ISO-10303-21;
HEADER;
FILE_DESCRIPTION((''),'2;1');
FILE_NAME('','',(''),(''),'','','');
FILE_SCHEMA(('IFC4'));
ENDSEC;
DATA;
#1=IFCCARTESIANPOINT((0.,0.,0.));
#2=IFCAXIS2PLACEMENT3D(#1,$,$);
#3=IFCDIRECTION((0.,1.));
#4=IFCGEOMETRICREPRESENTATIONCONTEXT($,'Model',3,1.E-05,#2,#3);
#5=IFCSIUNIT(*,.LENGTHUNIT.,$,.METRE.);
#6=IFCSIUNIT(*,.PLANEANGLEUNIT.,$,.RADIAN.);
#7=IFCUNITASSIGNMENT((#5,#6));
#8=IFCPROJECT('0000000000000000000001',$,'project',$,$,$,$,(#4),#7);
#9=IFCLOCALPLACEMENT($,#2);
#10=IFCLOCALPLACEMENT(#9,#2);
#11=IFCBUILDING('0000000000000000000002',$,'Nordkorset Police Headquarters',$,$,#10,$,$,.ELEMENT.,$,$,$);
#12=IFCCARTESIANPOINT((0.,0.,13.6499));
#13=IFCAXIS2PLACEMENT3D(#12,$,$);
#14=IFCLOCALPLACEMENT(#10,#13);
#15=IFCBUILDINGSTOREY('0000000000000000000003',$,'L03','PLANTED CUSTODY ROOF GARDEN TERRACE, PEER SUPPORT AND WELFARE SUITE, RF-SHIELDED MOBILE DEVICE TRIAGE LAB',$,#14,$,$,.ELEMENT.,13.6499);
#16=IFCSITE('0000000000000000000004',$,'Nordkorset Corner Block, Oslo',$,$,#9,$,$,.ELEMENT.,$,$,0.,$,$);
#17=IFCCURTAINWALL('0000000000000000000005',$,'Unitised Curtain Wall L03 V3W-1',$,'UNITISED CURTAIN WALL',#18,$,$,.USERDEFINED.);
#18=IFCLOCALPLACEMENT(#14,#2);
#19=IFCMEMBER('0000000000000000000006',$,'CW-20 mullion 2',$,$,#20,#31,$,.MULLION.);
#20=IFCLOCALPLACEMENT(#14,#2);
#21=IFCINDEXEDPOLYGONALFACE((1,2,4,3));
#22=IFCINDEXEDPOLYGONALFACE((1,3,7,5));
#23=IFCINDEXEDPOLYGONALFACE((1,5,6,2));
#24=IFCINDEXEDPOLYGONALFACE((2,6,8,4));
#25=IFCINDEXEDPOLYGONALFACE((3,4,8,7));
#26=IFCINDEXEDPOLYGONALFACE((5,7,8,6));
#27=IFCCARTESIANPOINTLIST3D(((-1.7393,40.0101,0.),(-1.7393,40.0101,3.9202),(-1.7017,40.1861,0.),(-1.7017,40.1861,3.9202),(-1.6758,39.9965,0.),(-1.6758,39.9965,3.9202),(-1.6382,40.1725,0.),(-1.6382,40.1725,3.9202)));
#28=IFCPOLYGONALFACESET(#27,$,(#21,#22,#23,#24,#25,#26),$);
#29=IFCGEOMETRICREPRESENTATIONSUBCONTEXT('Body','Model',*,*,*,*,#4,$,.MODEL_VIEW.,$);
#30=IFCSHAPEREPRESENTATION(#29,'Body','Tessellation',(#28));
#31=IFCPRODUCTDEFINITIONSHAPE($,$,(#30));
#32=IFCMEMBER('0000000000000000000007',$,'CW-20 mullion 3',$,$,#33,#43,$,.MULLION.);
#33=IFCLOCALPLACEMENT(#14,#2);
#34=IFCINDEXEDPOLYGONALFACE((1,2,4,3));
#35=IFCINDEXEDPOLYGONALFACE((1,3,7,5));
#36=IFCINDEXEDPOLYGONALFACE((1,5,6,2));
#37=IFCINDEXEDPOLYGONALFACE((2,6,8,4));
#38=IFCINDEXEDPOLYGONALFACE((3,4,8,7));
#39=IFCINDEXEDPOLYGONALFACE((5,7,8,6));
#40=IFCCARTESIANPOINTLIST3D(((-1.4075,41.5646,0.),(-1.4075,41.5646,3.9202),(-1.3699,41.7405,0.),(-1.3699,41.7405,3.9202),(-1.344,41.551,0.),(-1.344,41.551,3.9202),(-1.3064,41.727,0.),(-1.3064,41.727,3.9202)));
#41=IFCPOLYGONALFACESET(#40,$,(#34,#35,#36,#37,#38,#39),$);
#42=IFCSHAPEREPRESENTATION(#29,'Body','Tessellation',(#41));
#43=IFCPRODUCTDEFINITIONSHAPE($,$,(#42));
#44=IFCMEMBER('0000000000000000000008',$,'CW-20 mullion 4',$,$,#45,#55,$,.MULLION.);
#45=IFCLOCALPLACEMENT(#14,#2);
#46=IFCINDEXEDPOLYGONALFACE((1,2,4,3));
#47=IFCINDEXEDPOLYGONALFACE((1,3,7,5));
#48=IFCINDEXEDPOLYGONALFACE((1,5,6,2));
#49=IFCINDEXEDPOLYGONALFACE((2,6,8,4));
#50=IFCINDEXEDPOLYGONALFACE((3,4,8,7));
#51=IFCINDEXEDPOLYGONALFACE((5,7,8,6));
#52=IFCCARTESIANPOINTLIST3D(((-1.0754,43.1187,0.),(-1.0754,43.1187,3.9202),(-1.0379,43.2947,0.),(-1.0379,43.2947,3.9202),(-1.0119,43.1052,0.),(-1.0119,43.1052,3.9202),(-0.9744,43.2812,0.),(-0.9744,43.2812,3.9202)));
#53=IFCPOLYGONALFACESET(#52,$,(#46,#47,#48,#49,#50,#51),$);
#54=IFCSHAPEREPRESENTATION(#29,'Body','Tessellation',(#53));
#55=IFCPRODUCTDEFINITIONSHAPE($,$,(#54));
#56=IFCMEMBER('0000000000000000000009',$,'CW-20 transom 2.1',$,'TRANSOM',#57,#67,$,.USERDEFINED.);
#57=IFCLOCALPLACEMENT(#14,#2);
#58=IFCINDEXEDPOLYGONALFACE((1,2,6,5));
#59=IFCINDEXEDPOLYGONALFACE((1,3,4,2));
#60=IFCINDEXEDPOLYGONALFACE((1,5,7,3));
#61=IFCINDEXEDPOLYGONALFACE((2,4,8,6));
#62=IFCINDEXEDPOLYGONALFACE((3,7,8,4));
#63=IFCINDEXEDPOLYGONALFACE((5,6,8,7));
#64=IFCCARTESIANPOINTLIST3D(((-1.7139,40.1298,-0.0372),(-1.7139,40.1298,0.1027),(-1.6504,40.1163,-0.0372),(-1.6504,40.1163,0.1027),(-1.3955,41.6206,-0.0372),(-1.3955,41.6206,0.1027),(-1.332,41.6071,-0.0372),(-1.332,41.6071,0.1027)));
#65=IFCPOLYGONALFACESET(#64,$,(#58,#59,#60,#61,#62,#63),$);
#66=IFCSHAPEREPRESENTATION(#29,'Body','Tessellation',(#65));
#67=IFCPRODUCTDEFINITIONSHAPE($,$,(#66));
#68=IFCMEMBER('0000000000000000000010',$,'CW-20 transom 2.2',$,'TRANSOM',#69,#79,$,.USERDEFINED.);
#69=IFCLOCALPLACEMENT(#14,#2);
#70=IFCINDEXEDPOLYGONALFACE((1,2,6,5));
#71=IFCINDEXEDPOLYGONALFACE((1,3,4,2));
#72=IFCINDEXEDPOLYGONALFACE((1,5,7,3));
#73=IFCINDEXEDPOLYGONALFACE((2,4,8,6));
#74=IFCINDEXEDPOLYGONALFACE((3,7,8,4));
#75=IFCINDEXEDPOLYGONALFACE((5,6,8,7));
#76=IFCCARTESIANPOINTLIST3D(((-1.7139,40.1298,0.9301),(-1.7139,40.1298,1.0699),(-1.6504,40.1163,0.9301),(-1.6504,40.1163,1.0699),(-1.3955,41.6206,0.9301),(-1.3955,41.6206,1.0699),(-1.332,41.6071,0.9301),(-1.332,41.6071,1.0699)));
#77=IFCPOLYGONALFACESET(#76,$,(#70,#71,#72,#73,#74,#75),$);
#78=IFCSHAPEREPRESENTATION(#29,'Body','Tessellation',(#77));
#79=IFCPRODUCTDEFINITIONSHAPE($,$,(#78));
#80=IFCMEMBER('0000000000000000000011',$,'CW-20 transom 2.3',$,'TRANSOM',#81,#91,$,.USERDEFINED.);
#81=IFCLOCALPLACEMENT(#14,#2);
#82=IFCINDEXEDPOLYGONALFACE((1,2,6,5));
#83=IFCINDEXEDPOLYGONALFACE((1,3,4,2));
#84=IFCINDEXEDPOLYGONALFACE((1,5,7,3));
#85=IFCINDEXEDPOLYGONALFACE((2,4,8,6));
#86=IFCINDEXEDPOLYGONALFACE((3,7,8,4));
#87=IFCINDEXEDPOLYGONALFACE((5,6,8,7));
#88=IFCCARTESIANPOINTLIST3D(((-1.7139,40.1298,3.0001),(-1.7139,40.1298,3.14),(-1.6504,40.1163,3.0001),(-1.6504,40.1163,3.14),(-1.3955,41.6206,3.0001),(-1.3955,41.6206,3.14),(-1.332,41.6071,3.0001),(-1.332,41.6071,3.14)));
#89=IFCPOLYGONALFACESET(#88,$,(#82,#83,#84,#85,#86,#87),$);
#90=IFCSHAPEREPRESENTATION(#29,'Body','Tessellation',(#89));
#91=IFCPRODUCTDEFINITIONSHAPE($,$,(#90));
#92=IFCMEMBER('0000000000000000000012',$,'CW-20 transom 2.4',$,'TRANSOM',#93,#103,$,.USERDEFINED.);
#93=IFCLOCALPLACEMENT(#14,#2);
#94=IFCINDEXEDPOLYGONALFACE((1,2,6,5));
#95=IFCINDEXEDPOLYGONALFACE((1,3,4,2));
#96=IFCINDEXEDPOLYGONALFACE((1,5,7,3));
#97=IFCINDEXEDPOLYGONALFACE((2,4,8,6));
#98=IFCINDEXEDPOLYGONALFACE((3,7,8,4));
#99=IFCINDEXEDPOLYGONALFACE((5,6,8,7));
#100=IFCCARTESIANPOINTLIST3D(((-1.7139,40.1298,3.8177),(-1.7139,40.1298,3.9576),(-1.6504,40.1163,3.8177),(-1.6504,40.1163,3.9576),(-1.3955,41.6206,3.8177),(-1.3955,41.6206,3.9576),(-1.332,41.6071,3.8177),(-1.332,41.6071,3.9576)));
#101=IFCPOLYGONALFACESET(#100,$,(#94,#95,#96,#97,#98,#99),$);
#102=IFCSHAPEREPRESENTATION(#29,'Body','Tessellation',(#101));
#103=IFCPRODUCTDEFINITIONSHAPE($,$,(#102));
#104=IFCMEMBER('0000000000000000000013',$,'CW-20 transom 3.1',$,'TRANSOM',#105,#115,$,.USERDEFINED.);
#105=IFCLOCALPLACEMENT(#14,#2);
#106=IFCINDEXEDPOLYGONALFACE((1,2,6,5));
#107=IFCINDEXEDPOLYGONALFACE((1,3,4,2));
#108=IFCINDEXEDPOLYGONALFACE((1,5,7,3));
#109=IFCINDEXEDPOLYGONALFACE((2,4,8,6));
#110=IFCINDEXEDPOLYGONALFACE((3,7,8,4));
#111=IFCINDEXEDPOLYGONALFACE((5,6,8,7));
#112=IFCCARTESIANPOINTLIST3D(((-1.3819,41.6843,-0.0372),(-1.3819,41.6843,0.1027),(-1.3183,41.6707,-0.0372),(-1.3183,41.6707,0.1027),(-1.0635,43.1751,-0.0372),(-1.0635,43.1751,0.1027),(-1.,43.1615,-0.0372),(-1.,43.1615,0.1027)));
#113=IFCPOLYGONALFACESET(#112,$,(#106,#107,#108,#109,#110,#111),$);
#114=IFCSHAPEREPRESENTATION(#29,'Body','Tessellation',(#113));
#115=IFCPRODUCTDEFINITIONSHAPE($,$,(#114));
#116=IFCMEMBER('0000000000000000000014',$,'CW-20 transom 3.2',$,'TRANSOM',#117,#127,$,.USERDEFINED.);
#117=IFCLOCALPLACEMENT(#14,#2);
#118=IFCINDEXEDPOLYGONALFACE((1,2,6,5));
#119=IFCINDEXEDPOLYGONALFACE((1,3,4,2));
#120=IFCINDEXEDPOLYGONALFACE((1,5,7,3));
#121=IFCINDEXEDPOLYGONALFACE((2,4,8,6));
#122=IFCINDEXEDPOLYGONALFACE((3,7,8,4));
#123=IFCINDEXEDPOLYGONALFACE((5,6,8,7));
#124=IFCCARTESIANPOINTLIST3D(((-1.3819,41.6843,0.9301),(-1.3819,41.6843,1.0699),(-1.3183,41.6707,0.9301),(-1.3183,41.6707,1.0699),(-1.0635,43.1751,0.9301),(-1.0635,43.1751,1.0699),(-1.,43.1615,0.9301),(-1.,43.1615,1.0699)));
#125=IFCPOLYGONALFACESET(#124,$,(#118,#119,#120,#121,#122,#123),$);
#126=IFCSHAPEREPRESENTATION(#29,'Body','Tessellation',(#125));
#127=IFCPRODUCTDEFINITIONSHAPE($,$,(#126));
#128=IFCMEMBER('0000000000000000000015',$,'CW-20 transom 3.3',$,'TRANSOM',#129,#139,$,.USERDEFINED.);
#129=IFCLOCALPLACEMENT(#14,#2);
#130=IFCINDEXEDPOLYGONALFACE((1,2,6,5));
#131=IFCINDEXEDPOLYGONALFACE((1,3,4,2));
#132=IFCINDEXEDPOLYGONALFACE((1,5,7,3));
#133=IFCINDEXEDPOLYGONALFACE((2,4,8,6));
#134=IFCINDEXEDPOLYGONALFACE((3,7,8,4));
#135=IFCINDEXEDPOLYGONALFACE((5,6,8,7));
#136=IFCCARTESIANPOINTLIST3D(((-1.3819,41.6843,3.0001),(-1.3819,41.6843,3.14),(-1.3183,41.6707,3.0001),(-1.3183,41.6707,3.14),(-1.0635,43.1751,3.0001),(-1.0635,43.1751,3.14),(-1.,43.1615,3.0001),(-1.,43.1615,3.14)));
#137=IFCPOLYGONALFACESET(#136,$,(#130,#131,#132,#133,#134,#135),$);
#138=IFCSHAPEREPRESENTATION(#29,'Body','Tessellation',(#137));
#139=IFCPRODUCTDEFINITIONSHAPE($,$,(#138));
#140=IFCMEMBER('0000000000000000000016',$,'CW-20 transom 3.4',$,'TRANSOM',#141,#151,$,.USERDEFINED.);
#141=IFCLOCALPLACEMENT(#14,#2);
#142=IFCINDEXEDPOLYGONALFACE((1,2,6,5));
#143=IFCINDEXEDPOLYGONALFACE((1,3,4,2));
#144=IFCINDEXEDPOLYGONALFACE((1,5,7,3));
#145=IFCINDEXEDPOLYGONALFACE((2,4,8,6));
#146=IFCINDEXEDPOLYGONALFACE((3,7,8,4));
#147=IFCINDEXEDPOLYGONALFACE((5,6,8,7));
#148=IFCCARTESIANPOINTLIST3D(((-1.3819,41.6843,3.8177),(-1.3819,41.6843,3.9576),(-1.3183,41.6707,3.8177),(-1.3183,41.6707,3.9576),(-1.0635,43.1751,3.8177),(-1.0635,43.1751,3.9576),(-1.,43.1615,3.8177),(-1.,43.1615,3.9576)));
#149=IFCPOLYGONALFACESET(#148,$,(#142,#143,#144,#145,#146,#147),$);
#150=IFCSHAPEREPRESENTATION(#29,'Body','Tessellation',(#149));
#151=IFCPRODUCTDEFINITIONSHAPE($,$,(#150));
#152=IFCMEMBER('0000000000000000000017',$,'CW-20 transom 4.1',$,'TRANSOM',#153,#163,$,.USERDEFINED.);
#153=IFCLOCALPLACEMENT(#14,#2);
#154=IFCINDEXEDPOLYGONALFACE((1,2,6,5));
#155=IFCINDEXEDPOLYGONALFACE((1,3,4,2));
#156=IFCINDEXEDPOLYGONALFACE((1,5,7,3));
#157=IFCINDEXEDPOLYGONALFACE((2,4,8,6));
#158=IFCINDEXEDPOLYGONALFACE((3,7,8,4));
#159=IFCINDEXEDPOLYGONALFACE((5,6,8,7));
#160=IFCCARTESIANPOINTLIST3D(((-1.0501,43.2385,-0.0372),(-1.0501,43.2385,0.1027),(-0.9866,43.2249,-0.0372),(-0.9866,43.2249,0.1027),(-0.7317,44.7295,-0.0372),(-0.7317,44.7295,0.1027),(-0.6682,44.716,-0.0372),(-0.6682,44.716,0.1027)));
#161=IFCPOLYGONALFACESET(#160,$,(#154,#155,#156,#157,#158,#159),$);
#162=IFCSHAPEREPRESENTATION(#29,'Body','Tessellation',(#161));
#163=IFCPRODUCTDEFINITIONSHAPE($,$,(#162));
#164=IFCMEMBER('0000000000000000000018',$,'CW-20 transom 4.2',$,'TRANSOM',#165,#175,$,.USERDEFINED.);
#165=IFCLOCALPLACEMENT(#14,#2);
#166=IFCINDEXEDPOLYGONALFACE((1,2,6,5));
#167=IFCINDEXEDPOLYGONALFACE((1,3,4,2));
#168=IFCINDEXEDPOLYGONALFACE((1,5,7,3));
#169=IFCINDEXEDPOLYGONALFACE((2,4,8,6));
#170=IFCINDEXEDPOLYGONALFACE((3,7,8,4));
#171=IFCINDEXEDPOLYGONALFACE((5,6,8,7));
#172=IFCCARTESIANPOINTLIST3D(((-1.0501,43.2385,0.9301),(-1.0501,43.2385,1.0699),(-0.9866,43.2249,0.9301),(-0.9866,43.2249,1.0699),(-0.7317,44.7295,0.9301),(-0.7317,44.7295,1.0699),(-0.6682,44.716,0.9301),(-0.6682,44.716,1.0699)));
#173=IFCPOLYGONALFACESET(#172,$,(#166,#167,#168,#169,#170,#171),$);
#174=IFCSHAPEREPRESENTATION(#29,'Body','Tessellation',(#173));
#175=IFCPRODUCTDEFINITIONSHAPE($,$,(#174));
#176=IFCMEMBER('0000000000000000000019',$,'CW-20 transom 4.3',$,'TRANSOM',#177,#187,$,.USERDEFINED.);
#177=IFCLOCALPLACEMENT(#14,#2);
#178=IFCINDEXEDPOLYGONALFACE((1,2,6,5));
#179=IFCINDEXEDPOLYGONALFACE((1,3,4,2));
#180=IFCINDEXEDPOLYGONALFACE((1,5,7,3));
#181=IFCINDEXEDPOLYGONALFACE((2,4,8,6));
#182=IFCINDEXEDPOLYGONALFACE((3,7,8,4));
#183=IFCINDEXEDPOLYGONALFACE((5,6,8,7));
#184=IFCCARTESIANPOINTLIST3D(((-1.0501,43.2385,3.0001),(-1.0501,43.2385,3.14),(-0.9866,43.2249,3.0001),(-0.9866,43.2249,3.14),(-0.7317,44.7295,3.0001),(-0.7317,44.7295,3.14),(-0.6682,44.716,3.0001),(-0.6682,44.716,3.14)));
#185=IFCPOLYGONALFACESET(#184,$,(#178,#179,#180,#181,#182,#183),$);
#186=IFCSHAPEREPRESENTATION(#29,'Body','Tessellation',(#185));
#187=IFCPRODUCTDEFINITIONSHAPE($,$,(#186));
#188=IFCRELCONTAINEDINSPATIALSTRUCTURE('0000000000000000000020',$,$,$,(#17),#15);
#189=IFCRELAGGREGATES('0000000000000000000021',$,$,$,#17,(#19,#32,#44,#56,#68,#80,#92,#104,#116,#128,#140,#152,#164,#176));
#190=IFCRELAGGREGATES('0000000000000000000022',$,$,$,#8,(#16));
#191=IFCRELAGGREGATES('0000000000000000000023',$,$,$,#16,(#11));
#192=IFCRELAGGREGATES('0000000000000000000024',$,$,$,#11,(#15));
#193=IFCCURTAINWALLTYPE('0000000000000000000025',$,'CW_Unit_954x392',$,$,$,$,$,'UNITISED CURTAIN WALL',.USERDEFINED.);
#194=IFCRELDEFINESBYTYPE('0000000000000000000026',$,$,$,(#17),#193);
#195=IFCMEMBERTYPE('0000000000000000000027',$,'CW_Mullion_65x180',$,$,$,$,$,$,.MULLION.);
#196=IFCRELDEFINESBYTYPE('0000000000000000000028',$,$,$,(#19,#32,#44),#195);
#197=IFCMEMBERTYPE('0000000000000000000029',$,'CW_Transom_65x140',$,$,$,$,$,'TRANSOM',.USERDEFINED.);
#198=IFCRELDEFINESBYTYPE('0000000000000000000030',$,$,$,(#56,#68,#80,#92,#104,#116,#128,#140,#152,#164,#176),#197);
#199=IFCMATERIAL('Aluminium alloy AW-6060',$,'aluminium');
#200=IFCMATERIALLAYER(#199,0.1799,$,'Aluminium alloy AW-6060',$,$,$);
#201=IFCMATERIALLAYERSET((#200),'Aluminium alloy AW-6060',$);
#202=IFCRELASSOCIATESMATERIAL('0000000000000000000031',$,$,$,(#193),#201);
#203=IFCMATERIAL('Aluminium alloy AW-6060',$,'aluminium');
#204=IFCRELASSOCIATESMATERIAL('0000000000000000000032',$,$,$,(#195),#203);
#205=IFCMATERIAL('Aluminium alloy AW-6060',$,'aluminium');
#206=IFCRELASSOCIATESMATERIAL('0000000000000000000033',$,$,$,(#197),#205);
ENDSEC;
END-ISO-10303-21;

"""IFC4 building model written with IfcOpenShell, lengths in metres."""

from ifc_helpers import new_model, si_unit, direction, frame, origin, origin_2d, place, context, subcontext, project, spatial, rectangle, extrude, material, layer, layer_set, material_profile, profile_set, type_object, element, aggregate, save


model = new_model("IFC4")

# Units and contexts
model_context = context("Model", 3, precision=1e-05, world=origin(), true_north=direction((0.0, 1.0)))
body_context = subcontext(model_context, "Body", "Model", "MODEL_VIEW")
ifc_project = project(units=[si_unit("LENGTHUNIT", "METRE"), si_unit("PLANEANGLEUNIT", "RADIAN")], contexts=[model_context])

# Site, building, storey
site_placement = place(None, origin())
site = spatial("IfcSite", under=ifc_project, at=site_placement, Name="Nordkorset Corner Block, Oslo", CompositionType="ELEMENT", RefElevation=0.0)
building_placement = place(site_placement, origin())
building = spatial("IfcBuilding", under=site, at=building_placement, Name="Nordkorset Police Headquarters", CompositionType="ELEMENT")
storey_placement = place(building_placement, frame((0.0, 0.0, 13.6499)))
storey = spatial("IfcBuildingStorey", under=building, at=storey_placement, Name="L03", Description="PLANTED CUSTODY ROOF GARDEN TERRACE, PEER SUPPORT AND WELFARE SUITE, RF-SHIELDED MOBILE DEVICE TRIAGE LAB", CompositionType="ELEMENT", Elevation=13.6499)

# Curtain wall, members
ifc_material_1 = material(Name="Aluminium alloy AW-6060", Category="aluminium")
ifc_layer_1 = layer(ifc_material_1, 0.1799, Name="Aluminium alloy AW-6060")
ifc_layer_set_1 = layer_set([ifc_layer_1], Name="Aluminium alloy AW-6060")
curtain_wall_type = type_object("IfcCurtainWallType", Name="CW_Unit_954x392", ElementType="UNITISED CURTAIN WALL", PredefinedType="USERDEFINED", material=ifc_layer_set_1)
curtain_wall_placement = place(storey_placement, origin())
curtain_wall = element("IfcCurtainWall", 1, at=curtain_wall_placement, inside=storey, type_object=curtain_wall_type, Name="Unitised Curtain Wall L03 V3W-1", ObjectType="UNITISED CURTAIN WALL", PredefinedType="USERDEFINED")
ifc_material_2 = material(Name="Aluminium alloy AW-6060", Category="aluminium")
ifc_material_profile_1 = material_profile(ifc_material_2, rectangle(XDim=0.0649, YDim=0.1799, at=origin_2d()), Name="ALU MULL 65x180")
ifc_profile_set_1 = profile_set([ifc_material_profile_1], Name="Aluminium alloy AW-6060")
member_type_1 = type_object("IfcMemberType", Name="CW_Mullion_65x180", PredefinedType="MULLION", material=ifc_profile_set_1)
member_1_placement = place(storey_placement, frame((-1.6887, 40.0913, 0.0), z_axis=(0.0, 0.0, 1.0), x_axis=(-0.977951, 0.208833, 0.0)))
member_1 = element("IfcMember", 2, at=member_1_placement, type_object=member_type_1, Name="CW-20 mullion 2", PredefinedType="MULLION", context=body_context, shape_type="SweptSolid", body=[
    extrude(rectangle(XDim=0.0649, YDim=0.1799, at=origin_2d()), origin(), (0.0, 0.0, 1.0), 3.9202),
])
member_2_placement = place(storey_placement, frame((-1.3569, 41.6458, 0.0), z_axis=(0.0, 0.0, 1.0), x_axis=(-0.977951, 0.208833, 0.0)))
member_2 = element("IfcMember", 3, at=member_2_placement, type_object=member_type_1, Name="CW-20 mullion 3", PredefinedType="MULLION", context=body_context, shape_type="SweptSolid", body=[
    extrude(rectangle(XDim=0.0649, YDim=0.1799, at=origin_2d()), origin(), (0.0, 0.0, 1.0), 3.9202),
])
member_3_placement = place(storey_placement, frame((-1.0249, 43.2, 0.0), z_axis=(0.0, 0.0, 1.0), x_axis=(-0.977951, 0.208833, 0.0)))
member_3 = element("IfcMember", 4, at=member_3_placement, type_object=member_type_1, Name="CW-20 mullion 4", PredefinedType="MULLION", context=body_context, shape_type="SweptSolid", body=[
    extrude(rectangle(XDim=0.0649, YDim=0.1799, at=origin_2d()), origin(), (0.0, 0.0, 1.0), 3.9202),
])
ifc_material_3 = material(Name="Aluminium alloy AW-6060", Category="aluminium")
ifc_material_profile_2 = material_profile(ifc_material_3, rectangle(XDim=0.0649, YDim=0.1399, at=origin_2d()), Name="ALU TRAN 65x140")
ifc_profile_set_2 = profile_set([ifc_material_profile_2], Name="Aluminium alloy AW-6060")
member_type_2 = type_object("IfcMemberType", Name="CW_Transom_65x140", ElementType="TRANSOM", PredefinedType="USERDEFINED", material=ifc_profile_set_2)
member_4_placement = place(storey_placement, frame((-1.6821, 40.123, 0.0327), z_axis=(0.208851, 0.977947, 0.0), x_axis=(-0.977947, 0.208851, 0.0)))
member_4 = element("IfcMember", 5, at=member_4_placement, type_object=member_type_2, Name="CW-20 transom 2.1", ObjectType="TRANSOM", PredefinedType="USERDEFINED", context=body_context, shape_type="SweptSolid", body=[
    extrude(rectangle(XDim=0.0649, YDim=0.1399, at=origin_2d()), origin(), (0.0, 0.0, 1.0), 1.5244),
])
member_5_placement = place(storey_placement, frame((-1.6821, 40.123, 1.0), z_axis=(0.208851, 0.977947, 0.0), x_axis=(-0.977947, 0.208851, 0.0)))
member_5 = element("IfcMember", 6, at=member_5_placement, type_object=member_type_2, Name="CW-20 transom 2.2", ObjectType="TRANSOM", PredefinedType="USERDEFINED", context=body_context, shape_type="SweptSolid", body=[
    extrude(rectangle(XDim=0.0649, YDim=0.1399, at=origin_2d()), origin(), (0.0, 0.0, 1.0), 1.5244),
])
member_6_placement = place(storey_placement, frame((-1.6821, 40.123, 3.0701), z_axis=(0.208851, 0.977947, 0.0), x_axis=(-0.977947, 0.208851, 0.0)))
member_6 = element("IfcMember", 7, at=member_6_placement, type_object=member_type_2, Name="CW-20 transom 2.3", ObjectType="TRANSOM", PredefinedType="USERDEFINED", context=body_context, shape_type="SweptSolid", body=[
    extrude(rectangle(XDim=0.0649, YDim=0.1399, at=origin_2d()), origin(), (0.0, 0.0, 1.0), 1.5244),
])
member_7_placement = place(storey_placement, frame((-1.6821, 40.123, 3.8877), z_axis=(0.208851, 0.977947, 0.0), x_axis=(-0.977947, 0.208851, 0.0)))
member_7 = element("IfcMember", 8, at=member_7_placement, type_object=member_type_2, Name="CW-20 transom 2.4", ObjectType="TRANSOM", PredefinedType="USERDEFINED", context=body_context, shape_type="SweptSolid", body=[
    extrude(rectangle(XDim=0.0649, YDim=0.1399, at=origin_2d()), origin(), (0.0, 0.0, 1.0), 1.5244),
])
member_8_placement = place(storey_placement, frame((-1.3501, 41.6775, 0.0327), z_axis=(0.208851, 0.977947, 0.0), x_axis=(-0.977947, 0.208851, 0.0)))
member_8 = element("IfcMember", 9, at=member_8_placement, type_object=member_type_2, Name="CW-20 transom 3.1", ObjectType="TRANSOM", PredefinedType="USERDEFINED", context=body_context, shape_type="SweptSolid", body=[
    extrude(rectangle(XDim=0.0649, YDim=0.1399, at=origin_2d()), origin(), (0.0, 0.0, 1.0), 1.5244),
])
member_9_placement = place(storey_placement, frame((-1.3501, 41.6775, 1.0), z_axis=(0.208851, 0.977947, 0.0), x_axis=(-0.977947, 0.208851, 0.0)))
member_9 = element("IfcMember", 10, at=member_9_placement, type_object=member_type_2, Name="CW-20 transom 3.2", ObjectType="TRANSOM", PredefinedType="USERDEFINED", context=body_context, shape_type="SweptSolid", body=[
    extrude(rectangle(XDim=0.0649, YDim=0.1399, at=origin_2d()), origin(), (0.0, 0.0, 1.0), 1.5244),
])
member_10_placement = place(storey_placement, frame((-1.3501, 41.6775, 3.0701), z_axis=(0.208851, 0.977947, 0.0), x_axis=(-0.977947, 0.208851, 0.0)))
member_10 = element("IfcMember", 11, at=member_10_placement, type_object=member_type_2, Name="CW-20 transom 3.3", ObjectType="TRANSOM", PredefinedType="USERDEFINED", context=body_context, shape_type="SweptSolid", body=[
    extrude(rectangle(XDim=0.0649, YDim=0.1399, at=origin_2d()), origin(), (0.0, 0.0, 1.0), 1.5244),
])
member_11_placement = place(storey_placement, frame((-1.3501, 41.6775, 3.8877), z_axis=(0.208851, 0.977947, 0.0), x_axis=(-0.977947, 0.208851, 0.0)))
member_11 = element("IfcMember", 12, at=member_11_placement, type_object=member_type_2, Name="CW-20 transom 3.4", ObjectType="TRANSOM", PredefinedType="USERDEFINED", context=body_context, shape_type="SweptSolid", body=[
    extrude(rectangle(XDim=0.0649, YDim=0.1399, at=origin_2d()), origin(), (0.0, 0.0, 1.0), 1.5244),
])
member_12_placement = place(storey_placement, frame((-1.0183, 43.2317, 0.0327), z_axis=(0.208818, 0.977954, 0.0), x_axis=(-0.977954, 0.208818, 0.0)))
member_12 = element("IfcMember", 13, at=member_12_placement, type_object=member_type_2, Name="CW-20 transom 4.1", ObjectType="TRANSOM", PredefinedType="USERDEFINED", context=body_context, shape_type="SweptSolid", body=[
    extrude(rectangle(XDim=0.0649, YDim=0.1399, at=origin_2d()), origin(), (0.0, 0.0, 1.0), 1.5247),
])
member_13_placement = place(storey_placement, frame((-1.0183, 43.2317, 1.0), z_axis=(0.208818, 0.977954, 0.0), x_axis=(-0.977954, 0.208818, 0.0)))
member_13 = element("IfcMember", 14, at=member_13_placement, type_object=member_type_2, Name="CW-20 transom 4.2", ObjectType="TRANSOM", PredefinedType="USERDEFINED", context=body_context, shape_type="SweptSolid", body=[
    extrude(rectangle(XDim=0.0649, YDim=0.1399, at=origin_2d()), origin(), (0.0, 0.0, 1.0), 1.5247),
])
member_14_placement = place(storey_placement, frame((-1.0183, 43.2317, 3.0701), z_axis=(0.208818, 0.977954, 0.0), x_axis=(-0.977954, 0.208818, 0.0)))
member_14 = element("IfcMember", 15, at=member_14_placement, type_object=member_type_2, Name="CW-20 transom 4.3", ObjectType="TRANSOM", PredefinedType="USERDEFINED", context=body_context, shape_type="SweptSolid", body=[
    extrude(rectangle(XDim=0.0649, YDim=0.1399, at=origin_2d()), origin(), (0.0, 0.0, 1.0), 1.5247),
])
aggregate(curtain_wall, [member_1, member_2, member_3, member_4, member_5, member_6, member_7, member_8, member_9, member_10, member_11, member_12, member_13, member_14])

save(model, "model.ifc")
